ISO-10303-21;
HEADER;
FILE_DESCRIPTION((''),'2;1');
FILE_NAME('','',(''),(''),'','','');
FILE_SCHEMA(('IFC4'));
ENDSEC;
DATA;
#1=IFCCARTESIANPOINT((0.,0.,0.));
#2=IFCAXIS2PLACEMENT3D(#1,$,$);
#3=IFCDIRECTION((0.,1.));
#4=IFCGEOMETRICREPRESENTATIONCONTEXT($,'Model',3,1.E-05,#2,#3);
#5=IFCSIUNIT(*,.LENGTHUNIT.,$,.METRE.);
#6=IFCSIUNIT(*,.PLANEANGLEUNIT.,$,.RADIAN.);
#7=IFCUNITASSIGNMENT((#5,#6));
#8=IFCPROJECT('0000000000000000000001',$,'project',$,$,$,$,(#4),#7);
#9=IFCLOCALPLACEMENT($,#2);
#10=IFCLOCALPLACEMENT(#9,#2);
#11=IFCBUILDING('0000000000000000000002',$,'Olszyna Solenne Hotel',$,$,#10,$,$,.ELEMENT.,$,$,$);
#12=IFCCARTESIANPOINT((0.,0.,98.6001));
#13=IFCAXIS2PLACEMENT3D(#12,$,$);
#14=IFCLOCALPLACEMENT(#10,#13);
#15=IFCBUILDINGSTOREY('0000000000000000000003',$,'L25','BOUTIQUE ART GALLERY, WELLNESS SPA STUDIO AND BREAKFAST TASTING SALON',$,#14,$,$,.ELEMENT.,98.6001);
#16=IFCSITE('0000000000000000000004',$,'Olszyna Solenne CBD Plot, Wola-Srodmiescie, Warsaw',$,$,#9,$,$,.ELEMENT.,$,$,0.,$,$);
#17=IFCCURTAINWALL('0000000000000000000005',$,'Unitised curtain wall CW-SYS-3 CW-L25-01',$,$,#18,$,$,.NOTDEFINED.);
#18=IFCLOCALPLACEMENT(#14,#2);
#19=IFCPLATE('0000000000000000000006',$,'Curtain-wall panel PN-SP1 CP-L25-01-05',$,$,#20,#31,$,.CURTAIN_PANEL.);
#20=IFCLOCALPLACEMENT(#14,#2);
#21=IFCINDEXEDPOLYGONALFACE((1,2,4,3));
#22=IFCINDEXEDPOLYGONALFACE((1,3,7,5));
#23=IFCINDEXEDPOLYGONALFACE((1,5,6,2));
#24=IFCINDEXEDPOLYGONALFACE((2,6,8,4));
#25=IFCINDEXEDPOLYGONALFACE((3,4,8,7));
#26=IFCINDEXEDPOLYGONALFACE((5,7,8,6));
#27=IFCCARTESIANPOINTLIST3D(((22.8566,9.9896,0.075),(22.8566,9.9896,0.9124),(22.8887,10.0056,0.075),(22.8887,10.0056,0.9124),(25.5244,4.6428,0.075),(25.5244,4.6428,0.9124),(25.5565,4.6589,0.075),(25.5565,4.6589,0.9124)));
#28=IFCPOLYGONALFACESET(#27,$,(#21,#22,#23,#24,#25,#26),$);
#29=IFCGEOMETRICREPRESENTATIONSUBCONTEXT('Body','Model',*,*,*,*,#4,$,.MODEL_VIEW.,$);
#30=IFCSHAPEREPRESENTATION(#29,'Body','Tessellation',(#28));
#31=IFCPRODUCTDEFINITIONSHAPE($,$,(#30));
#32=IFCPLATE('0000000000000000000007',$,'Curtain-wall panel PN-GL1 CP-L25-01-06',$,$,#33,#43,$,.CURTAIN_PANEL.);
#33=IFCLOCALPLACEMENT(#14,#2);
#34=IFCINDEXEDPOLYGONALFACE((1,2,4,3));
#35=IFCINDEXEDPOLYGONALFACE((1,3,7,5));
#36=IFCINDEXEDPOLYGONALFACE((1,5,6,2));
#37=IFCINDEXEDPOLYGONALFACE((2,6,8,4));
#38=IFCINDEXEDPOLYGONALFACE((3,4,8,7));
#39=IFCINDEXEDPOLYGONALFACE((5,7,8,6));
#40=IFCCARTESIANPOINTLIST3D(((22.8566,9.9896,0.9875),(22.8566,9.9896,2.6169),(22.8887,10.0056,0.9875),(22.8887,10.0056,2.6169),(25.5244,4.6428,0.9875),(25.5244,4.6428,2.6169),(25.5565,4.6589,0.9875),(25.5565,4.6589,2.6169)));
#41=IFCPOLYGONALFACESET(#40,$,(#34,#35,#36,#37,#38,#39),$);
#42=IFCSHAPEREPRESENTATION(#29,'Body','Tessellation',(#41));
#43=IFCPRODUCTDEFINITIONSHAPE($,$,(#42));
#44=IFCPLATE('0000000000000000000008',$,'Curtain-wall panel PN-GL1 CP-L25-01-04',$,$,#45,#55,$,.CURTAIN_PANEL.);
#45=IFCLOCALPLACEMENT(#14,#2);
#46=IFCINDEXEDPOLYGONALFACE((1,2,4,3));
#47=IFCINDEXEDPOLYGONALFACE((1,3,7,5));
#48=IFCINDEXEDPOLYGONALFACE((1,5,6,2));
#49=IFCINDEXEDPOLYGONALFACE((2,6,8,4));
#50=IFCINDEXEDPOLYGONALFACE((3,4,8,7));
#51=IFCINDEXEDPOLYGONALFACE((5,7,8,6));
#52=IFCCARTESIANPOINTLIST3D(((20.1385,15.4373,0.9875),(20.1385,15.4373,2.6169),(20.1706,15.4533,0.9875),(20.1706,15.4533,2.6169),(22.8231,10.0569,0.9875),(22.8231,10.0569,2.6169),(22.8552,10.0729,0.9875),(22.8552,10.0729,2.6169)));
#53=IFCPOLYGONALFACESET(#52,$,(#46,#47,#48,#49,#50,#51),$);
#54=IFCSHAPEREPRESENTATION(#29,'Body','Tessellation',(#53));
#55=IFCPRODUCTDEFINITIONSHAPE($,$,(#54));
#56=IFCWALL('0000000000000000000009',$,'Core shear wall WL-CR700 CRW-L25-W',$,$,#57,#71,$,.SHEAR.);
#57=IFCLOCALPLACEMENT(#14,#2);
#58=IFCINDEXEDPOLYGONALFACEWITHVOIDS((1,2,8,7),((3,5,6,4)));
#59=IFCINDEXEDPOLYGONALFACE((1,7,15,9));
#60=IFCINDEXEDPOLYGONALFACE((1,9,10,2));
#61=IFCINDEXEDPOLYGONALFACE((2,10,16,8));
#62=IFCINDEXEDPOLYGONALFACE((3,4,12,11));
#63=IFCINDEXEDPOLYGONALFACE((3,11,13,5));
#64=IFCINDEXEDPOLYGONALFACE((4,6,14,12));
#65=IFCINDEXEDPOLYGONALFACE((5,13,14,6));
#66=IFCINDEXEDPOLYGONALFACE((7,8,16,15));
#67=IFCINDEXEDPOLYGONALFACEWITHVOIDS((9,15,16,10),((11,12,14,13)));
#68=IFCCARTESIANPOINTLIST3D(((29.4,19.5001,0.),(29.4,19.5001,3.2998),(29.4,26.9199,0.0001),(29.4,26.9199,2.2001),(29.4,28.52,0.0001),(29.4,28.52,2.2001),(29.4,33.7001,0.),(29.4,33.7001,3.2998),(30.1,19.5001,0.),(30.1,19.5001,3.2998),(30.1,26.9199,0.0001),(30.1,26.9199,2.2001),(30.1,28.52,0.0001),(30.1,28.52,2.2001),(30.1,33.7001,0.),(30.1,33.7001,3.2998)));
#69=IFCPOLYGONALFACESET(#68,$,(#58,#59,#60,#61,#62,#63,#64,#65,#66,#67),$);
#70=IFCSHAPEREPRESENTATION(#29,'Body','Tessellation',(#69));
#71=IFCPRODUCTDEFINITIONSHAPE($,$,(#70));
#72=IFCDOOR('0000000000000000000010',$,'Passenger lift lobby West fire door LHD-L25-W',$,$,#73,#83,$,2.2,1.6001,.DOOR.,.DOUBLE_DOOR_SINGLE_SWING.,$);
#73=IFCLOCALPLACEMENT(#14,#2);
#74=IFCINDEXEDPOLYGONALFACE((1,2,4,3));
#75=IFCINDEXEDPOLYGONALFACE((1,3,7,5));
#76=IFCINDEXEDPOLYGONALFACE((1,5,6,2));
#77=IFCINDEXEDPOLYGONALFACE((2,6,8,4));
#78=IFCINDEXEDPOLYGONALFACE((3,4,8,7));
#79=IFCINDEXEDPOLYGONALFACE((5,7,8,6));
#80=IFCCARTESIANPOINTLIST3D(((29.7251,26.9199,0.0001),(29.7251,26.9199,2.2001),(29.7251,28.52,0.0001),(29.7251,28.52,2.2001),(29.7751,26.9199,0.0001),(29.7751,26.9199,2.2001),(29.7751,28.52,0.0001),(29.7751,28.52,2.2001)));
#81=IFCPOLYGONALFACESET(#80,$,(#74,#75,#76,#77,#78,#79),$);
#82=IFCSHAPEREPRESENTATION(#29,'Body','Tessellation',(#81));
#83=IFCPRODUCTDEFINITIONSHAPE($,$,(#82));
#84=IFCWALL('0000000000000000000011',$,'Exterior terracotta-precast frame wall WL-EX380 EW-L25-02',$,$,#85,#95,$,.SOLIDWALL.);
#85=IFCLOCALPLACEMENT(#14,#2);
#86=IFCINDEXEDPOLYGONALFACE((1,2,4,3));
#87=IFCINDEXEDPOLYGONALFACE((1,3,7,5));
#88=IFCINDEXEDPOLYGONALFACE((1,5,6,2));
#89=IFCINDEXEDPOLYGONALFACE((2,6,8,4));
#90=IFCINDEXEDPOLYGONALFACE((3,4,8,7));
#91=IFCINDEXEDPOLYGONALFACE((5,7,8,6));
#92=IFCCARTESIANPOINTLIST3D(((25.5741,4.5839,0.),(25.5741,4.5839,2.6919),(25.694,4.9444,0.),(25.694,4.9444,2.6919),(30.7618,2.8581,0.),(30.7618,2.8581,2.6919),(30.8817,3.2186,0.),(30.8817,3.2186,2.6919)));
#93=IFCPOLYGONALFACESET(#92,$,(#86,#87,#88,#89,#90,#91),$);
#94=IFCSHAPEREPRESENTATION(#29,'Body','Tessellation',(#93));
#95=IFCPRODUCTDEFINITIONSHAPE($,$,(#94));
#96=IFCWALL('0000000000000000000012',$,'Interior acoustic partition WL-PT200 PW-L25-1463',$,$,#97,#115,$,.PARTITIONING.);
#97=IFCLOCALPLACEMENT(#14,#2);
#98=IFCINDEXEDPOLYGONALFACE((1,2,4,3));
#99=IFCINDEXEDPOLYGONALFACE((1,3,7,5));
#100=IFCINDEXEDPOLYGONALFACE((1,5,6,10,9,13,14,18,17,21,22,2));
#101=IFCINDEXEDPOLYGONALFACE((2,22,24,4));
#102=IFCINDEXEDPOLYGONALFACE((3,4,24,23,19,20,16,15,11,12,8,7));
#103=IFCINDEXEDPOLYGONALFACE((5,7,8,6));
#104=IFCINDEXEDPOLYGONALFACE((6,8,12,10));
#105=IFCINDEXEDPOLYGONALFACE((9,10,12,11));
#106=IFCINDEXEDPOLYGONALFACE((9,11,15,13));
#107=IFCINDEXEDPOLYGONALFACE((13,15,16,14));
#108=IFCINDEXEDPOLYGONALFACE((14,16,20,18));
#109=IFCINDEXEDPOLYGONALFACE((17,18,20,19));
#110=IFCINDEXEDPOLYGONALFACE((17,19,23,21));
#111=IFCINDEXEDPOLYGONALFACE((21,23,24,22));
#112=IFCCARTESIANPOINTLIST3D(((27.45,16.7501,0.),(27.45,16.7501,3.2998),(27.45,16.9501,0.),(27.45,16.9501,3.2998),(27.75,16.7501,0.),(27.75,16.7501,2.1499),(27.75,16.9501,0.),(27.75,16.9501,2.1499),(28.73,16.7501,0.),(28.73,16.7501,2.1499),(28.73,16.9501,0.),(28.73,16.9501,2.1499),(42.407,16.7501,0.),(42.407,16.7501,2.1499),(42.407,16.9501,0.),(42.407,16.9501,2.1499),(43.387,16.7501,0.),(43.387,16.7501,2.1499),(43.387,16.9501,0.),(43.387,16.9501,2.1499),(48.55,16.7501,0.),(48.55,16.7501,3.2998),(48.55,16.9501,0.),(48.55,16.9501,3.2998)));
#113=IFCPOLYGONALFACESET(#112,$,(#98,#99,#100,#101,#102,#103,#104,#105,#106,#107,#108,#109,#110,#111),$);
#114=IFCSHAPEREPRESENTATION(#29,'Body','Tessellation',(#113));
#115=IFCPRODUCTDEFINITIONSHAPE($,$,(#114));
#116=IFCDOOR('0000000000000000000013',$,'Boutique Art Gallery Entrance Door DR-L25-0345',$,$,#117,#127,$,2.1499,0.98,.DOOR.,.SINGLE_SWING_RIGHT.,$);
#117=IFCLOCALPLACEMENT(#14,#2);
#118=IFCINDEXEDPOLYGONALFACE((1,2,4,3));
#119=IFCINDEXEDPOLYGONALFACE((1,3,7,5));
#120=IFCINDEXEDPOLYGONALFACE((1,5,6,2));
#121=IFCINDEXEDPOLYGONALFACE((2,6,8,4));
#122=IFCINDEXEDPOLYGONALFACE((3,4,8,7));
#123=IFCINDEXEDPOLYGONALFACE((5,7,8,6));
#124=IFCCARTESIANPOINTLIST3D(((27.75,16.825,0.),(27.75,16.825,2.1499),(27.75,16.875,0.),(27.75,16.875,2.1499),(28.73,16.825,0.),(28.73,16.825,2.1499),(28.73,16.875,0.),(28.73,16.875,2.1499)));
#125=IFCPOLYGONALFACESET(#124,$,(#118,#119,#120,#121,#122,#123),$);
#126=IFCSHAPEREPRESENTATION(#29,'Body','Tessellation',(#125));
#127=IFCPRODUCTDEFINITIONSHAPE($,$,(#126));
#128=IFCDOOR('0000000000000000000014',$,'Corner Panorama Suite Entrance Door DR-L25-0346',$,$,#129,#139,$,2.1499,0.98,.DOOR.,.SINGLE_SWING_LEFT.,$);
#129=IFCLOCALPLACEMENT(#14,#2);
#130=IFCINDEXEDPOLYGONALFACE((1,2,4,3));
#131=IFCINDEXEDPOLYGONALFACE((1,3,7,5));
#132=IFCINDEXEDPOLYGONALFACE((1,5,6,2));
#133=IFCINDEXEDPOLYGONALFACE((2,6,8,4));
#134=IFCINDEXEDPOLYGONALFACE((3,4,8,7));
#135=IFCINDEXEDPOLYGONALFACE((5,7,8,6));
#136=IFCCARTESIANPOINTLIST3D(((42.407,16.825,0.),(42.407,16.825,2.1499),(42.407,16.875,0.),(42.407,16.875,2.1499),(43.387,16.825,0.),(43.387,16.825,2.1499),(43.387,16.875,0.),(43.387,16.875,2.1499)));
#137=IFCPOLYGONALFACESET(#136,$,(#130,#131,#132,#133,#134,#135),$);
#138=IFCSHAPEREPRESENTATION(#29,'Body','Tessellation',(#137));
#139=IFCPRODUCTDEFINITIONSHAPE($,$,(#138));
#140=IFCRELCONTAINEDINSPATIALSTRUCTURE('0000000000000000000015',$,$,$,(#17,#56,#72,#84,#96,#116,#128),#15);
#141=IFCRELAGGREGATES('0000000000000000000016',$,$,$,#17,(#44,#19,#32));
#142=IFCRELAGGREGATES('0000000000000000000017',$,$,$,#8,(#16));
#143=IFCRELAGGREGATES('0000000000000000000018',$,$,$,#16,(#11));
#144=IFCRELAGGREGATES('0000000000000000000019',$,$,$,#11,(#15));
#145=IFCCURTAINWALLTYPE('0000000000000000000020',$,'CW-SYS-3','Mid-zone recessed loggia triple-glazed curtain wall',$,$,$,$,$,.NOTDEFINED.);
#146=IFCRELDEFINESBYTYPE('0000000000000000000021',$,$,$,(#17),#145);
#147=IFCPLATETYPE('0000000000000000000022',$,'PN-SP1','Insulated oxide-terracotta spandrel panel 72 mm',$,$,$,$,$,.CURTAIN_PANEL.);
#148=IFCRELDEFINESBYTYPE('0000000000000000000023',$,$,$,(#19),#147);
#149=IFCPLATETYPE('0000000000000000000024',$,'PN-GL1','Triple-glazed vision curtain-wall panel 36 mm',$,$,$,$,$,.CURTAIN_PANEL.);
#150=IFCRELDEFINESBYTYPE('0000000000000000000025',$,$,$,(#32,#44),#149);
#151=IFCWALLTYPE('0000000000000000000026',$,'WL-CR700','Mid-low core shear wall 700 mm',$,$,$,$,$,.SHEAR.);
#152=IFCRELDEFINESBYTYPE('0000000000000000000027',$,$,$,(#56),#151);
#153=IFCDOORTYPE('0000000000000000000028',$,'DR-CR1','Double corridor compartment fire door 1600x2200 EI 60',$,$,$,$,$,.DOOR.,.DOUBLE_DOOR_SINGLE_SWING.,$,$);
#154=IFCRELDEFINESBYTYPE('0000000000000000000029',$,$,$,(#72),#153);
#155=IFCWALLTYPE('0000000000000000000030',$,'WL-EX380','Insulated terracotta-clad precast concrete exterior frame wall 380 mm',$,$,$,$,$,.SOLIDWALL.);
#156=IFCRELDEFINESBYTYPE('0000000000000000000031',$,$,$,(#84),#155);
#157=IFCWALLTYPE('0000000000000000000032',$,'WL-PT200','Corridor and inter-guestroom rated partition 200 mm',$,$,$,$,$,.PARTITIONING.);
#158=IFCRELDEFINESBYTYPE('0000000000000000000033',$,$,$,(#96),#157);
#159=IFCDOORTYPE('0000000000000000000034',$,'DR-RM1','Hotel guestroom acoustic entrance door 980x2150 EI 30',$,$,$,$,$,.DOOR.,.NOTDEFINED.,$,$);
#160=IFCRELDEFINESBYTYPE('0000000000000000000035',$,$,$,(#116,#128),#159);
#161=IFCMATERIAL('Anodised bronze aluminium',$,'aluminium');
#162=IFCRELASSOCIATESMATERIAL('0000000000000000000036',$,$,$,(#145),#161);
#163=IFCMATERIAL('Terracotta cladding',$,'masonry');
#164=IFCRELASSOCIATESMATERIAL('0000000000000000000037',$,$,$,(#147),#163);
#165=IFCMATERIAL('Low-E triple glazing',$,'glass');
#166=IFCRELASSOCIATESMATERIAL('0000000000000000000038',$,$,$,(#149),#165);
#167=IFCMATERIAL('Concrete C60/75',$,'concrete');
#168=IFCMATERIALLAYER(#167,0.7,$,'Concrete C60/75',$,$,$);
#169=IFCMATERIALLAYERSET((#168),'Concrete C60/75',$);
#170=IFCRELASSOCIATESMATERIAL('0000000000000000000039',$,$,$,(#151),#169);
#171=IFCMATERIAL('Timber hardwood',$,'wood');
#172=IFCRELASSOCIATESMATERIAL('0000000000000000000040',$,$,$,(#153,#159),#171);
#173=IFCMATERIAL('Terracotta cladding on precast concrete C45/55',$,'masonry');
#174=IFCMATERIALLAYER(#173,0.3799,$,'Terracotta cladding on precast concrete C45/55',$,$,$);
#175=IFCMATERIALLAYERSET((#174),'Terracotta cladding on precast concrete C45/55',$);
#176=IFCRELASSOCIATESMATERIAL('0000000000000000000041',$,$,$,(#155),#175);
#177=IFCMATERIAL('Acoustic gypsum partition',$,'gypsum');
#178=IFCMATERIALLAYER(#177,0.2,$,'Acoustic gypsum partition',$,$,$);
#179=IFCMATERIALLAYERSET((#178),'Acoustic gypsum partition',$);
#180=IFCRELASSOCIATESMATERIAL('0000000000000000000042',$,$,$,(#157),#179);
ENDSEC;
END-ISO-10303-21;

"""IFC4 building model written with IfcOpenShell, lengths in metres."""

from ifc_helpers import new_model, si_unit, direction, frame, frame_2d, origin, origin_2d, place, context, subcontext, project, spatial, rectangle, extrude, source, transform, mapped, material, layer, layer_set, type_object, type_shapes, element, fill, aggregate, save


model = new_model("IFC4")

# Units and contexts
model_context = context("Model", 3, precision=1e-05, world=origin(), true_north=direction((0.0, 1.0)))
body_context = subcontext(model_context, "Body", "Model", "MODEL_VIEW")
ifc_project = project(units=[si_unit("LENGTHUNIT", "METRE"), si_unit("PLANEANGLEUNIT", "RADIAN")], contexts=[model_context])

# Site, building, storey
site_placement = place(None, origin())
site = spatial("IfcSite", under=ifc_project, at=site_placement, Name="Olszyna Solenne CBD Plot, Wola-Srodmiescie, Warsaw", CompositionType="ELEMENT", RefElevation=0.0)
building_placement = place(site_placement, origin())
building = spatial("IfcBuilding", under=site, at=building_placement, Name="Olszyna Solenne Hotel", CompositionType="ELEMENT")
storey_placement = place(building_placement, frame((0.0, 0.0, 98.6001)))
storey = spatial("IfcBuildingStorey", under=building, at=storey_placement, Name="L25", Description="BOUTIQUE ART GALLERY, WELLNESS SPA STUDIO AND BREAKFAST TASTING SALON", CompositionType="ELEMENT", Elevation=98.6001)

# Curtain wall
ifc_material_1 = material(Name="Anodised bronze aluminium", Category="aluminium")
curtain_wall_type = type_object("IfcCurtainWallType", Name="CW-SYS-3", Description="Mid-zone recessed loggia triple-glazed curtain wall", PredefinedType="NOTDEFINED", material=ifc_material_1)
curtain_wall_placement = place(storey_placement, origin())
curtain_wall = element("IfcCurtainWall", 1, at=curtain_wall_placement, inside=storey, type_object=curtain_wall_type, Name="Unitised curtain wall CW-SYS-3 CW-L25-01", PredefinedType="NOTDEFINED")

# Plates
ifc_material_2 = material(Name="Terracotta cladding", Category="masonry")
plate_type_1 = type_object("IfcPlateType", Name="PN-SP1", Description="Insulated oxide-terracotta spandrel panel 72 mm", PredefinedType="CURTAIN_PANEL", material=ifc_material_2)
shared_shape_1 = source(origin(), body_context, "Body", "SweptSolid", [
    extrude(rectangle(XDim=5.9753, YDim=0.0359, at=origin_2d()), origin(), (0.0, 0.0, 1.0), 0.8374),
])
plate_1_placement = place(storey_placement, frame((24.2065, 7.3242, 0.075), z_axis=(0.0, 0.0, 1.0), x_axis=(0.446467, -0.8948, 0.0)))
plate_1 = element("IfcPlate", 2, at=plate_1_placement, type_object=plate_type_1, Name="Curtain-wall panel PN-SP1 CP-L25-01-05", PredefinedType="CURTAIN_PANEL", context=body_context, shape_type="MappedRepresentation", body=[
    mapped(shared_shape_1, transform((0.0, 0.0, 0.0), x_axis=(1.0, 0.0, 0.0), y_axis=(0.0, 1.0, 0.0), z_axis=(0.0, 0.0, 1.0), scale=1.0)),
])
ifc_material_3 = material(Name="Low-E triple glazing", Category="glass")
plate_type_2 = type_object("IfcPlateType", Name="PN-GL1", Description="Triple-glazed vision curtain-wall panel 36 mm", PredefinedType="CURTAIN_PANEL", material=ifc_material_3)
shared_shape_2 = source(origin(), body_context, "Body", "SweptSolid", [
    extrude(rectangle(XDim=5.9753, YDim=0.0359, at=origin_2d()), origin(), (0.0, 0.0, 1.0), 1.6294),
])
plate_2_placement = place(storey_placement, frame((24.2065, 7.3242, 0.9875), z_axis=(0.0, 0.0, 1.0), x_axis=(0.446467, -0.8948, 0.0)))
plate_2 = element("IfcPlate", 3, at=plate_2_placement, type_object=plate_type_2, Name="Curtain-wall panel PN-GL1 CP-L25-01-06", PredefinedType="CURTAIN_PANEL", context=body_context, shape_type="MappedRepresentation", body=[
    mapped(shared_shape_2, transform((0.0, 0.0, 0.0), x_axis=(1.0, 0.0, 0.0), y_axis=(0.0, 1.0, 0.0), z_axis=(0.0, 0.0, 1.0), scale=1.0)),
])
shared_shape_3 = source(origin(), body_context, "Body", "SweptSolid", [
    extrude(rectangle(XDim=6.0129, YDim=0.0359, at=origin_2d()), origin(), (0.0, 0.0, 1.0), 1.6294),
])
plate_3_placement = place(storey_placement, frame((21.4968, 12.7551, 0.9875), z_axis=(0.0, 0.0, 1.0), x_axis=(0.446467, -0.8948, 0.0)))
plate_3 = element("IfcPlate", 4, at=plate_3_placement, type_object=plate_type_2, Name="Curtain-wall panel PN-GL1 CP-L25-01-04", PredefinedType="CURTAIN_PANEL", context=body_context, shape_type="MappedRepresentation", body=[
    mapped(shared_shape_3, transform((0.0, 0.0, 0.0), x_axis=(1.0, 0.0, 0.0), y_axis=(0.0, 1.0, 0.0), z_axis=(0.0, 0.0, 1.0), scale=1.0)),
])
aggregate(curtain_wall, [plate_3, plate_1, plate_2])

# Wall, opening, door
ifc_material_4 = material(Name="Concrete C60/75", Category="concrete")
ifc_layer_1 = layer(ifc_material_4, 0.7, Name="Concrete C60/75")
ifc_layer_set_1 = layer_set([ifc_layer_1], Name="Concrete C60/75")
wall_type_1 = type_object("IfcWallType", Name="WL-CR700", Description="Mid-low core shear wall 700 mm", PredefinedType="SHEAR", material=ifc_layer_set_1)
wall_1_placement = place(storey_placement, frame((29.75, 19.5, 0.0), z_axis=(0.0, 0.0, 1.0), x_axis=(0.0, 1.0, 0.0)))
wall_1 = element("IfcWall", 5, at=wall_1_placement, inside=storey, type_object=wall_type_1, Name="Core shear wall WL-CR700 CRW-L25-W", PredefinedType="SHEAR", context=body_context, shape_type="SweptSolid", body=[
    extrude(rectangle(XDim=14.2, YDim=0.7, at=frame_2d((7.1001, 0.0))), origin(), (0.0, 0.0, 1.0), 3.2998),
])
opening_1_placement = place(wall_1_placement, frame((7.4199, 0.0, 0.0)))
opening_1 = element("IfcOpeningElement", 6, at=opening_1_placement, cuts=wall_1, PredefinedType="OPENING", context=body_context, shape_type="SweptSolid", body=[
    extrude(rectangle(XDim=1.6001, YDim=2.2, at=frame_2d((0.8, 1.1001))), frame((0.0, 0.3599, 0.0), z_axis=(0.0, -1.0, 0.0), x_axis=(1.0, 0.0, 0.0)), (0.0, 0.0, 1.0), 0.72),
])
ifc_material_5 = material(Name="Timber hardwood", Category="wood")
door_type_1 = type_object("IfcDoorType", Name="DR-CR1", Description="Double corridor compartment fire door 1600x2200 EI 60", OperationType="DOUBLE_DOOR_SINGLE_SWING", PredefinedType="DOOR", material=ifc_material_5)
shared_shape_4 = source(origin(), body_context, "Body", "SweptSolid", [
    extrude(rectangle(XDim=1.6001, YDim=2.2, at=frame_2d((0.8, 1.1001))), frame((0.0, 0.0249, 0.0), z_axis=(0.0, -1.0, 0.0), x_axis=(1.0, 0.0, 0.0)), (0.0, 0.0, 1.0), 0.05),
])
type_shapes(door_type_1, [shared_shape_4])
door_1_placement = place(opening_1_placement, origin())
door_1 = element("IfcDoor", 7, at=door_1_placement, inside=storey, type_object=door_type_1, Name="Passenger lift lobby West fire door LHD-L25-W", OperationType="DOUBLE_DOOR_SINGLE_SWING", OverallHeight=2.2, OverallWidth=1.6001, PredefinedType="DOOR", context=body_context, shape_type="MappedRepresentation", body=[
    mapped(shared_shape_4, transform((0.0, 0.0, 0.0), x_axis=(1.0, 0.0, 0.0), y_axis=(0.0, 1.0, 0.0), z_axis=(0.0, 0.0, 1.0), scale=1.0)),
])
fill(opening_1, door_1)

# Wall
ifc_material_6 = material(Name="Terracotta cladding on precast concrete C45/55", Category="masonry")
ifc_layer_2 = layer(ifc_material_6, 0.3799, Name="Terracotta cladding on precast concrete C45/55")
ifc_layer_set_2 = layer_set([ifc_layer_2], Name="Terracotta cladding on precast concrete C45/55")
wall_type_2 = type_object("IfcWallType", Name="WL-EX380", Description="Insulated terracotta-clad precast concrete exterior frame wall 380 mm", PredefinedType="SOLIDWALL", material=ifc_layer_set_2)
wall_2_placement = place(storey_placement, frame((30.8218, 3.0383, 0.0), z_axis=(0.0, 0.0, 1.0), x_axis=(-0.948871, 0.315665, 0.0)))
element("IfcWall", 8, at=wall_2_placement, inside=storey, type_object=wall_type_2, Name="Exterior terracotta-precast frame wall WL-EX380 EW-L25-02", PredefinedType="SOLIDWALL", context=body_context, shape_type="SweptSolid", body=[
    extrude(rectangle(XDim=5.4673, YDim=0.3799, at=frame_2d((2.7336, 0.0))), origin(), (0.0, 0.0, 1.0), 2.6919),
])

# Wall, openings, doors
ifc_material_7 = material(Name="Acoustic gypsum partition", Category="gypsum")
ifc_layer_3 = layer(ifc_material_7, 0.2, Name="Acoustic gypsum partition")
ifc_layer_set_3 = layer_set([ifc_layer_3], Name="Acoustic gypsum partition")
wall_type_3 = type_object("IfcWallType", Name="WL-PT200", Description="Corridor and inter-guestroom rated partition 200 mm", PredefinedType="PARTITIONING", material=ifc_layer_set_3)
wall_3_placement = place(storey_placement, frame((27.45, 16.8501, 0.0), z_axis=(0.0, 0.0, 1.0), x_axis=(1.0, 0.0, 0.0)))
wall_3 = element("IfcWall", 9, at=wall_3_placement, inside=storey, type_object=wall_type_3, Name="Interior acoustic partition WL-PT200 PW-L25-1463", PredefinedType="PARTITIONING", context=body_context, shape_type="SweptSolid", body=[
    extrude(rectangle(XDim=21.1001, YDim=0.2, at=frame_2d((10.55, 0.0))), origin(), (0.0, 0.0, 1.0), 3.2998),
])
opening_2_placement = place(wall_3_placement, frame((0.3, 0.0, 0.0)))
opening_2 = element("IfcOpeningElement", 10, at=opening_2_placement, cuts=wall_3, PredefinedType="OPENING", context=body_context, shape_type="SweptSolid", body=[
    extrude(rectangle(XDim=0.98, YDim=2.1499, at=frame_2d((0.49, 1.075))), frame((0.0, 0.1099, 0.0), z_axis=(0.0, -1.0, 0.0), x_axis=(1.0, 0.0, 0.0)), (0.0, 0.0, 1.0), 0.22),
])
opening_3_placement = place(wall_3_placement, frame((14.957, 0.0, 0.0)))
opening_3 = element("IfcOpeningElement", 11, at=opening_3_placement, cuts=wall_3, PredefinedType="OPENING", context=body_context, shape_type="SweptSolid", body=[
    extrude(rectangle(XDim=0.98, YDim=2.1499, at=frame_2d((0.49, 1.075))), frame((0.0, 0.1099, 0.0), z_axis=(0.0, -1.0, 0.0), x_axis=(1.0, 0.0, 0.0)), (0.0, 0.0, 1.0), 0.22),
])
door_type_2 = type_object("IfcDoorType", Name="DR-RM1", Description="Hotel guestroom acoustic entrance door 980x2150 EI 30", OperationType="NOTDEFINED", PredefinedType="DOOR", material=ifc_material_5)
shared_shape_5 = source(origin(), body_context, "Body", "SweptSolid", [
    extrude(rectangle(XDim=0.98, YDim=2.1499, at=frame_2d((0.49, 1.075))), frame((0.0, 0.0249, 0.0), z_axis=(0.0, -1.0, 0.0), x_axis=(1.0, 0.0, 0.0)), (0.0, 0.0, 1.0), 0.05),
])
type_shapes(door_type_2, [shared_shape_5])
door_2_placement = place(opening_2_placement, origin())
door_2 = element("IfcDoor", 12, at=door_2_placement, inside=storey, type_object=door_type_2, Name="Boutique Art Gallery Entrance Door DR-L25-0345", OperationType="SINGLE_SWING_RIGHT", OverallHeight=2.1499, OverallWidth=0.98, PredefinedType="DOOR", context=body_context, shape_type="MappedRepresentation", body=[
    mapped(shared_shape_5, transform((0.0, 0.0, 0.0), x_axis=(1.0, 0.0, 0.0), y_axis=(0.0, 1.0, 0.0), z_axis=(0.0, 0.0, 1.0), scale=1.0)),
])
fill(opening_2, door_2)
door_3_placement = place(opening_3_placement, origin())
door_3 = element("IfcDoor", 13, at=door_3_placement, inside=storey, type_object=door_type_2, Name="Corner Panorama Suite Entrance Door DR-L25-0346", OperationType="SINGLE_SWING_LEFT", OverallHeight=2.1499, OverallWidth=0.98, PredefinedType="DOOR", context=body_context, shape_type="MappedRepresentation", body=[
    mapped(shared_shape_5, transform((0.0, 0.0, 0.0), x_axis=(1.0, 0.0, 0.0), y_axis=(0.0, 1.0, 0.0), z_axis=(0.0, 0.0, 1.0), scale=1.0)),
])
fill(opening_3, door_3)

save(model, "model.ifc")
